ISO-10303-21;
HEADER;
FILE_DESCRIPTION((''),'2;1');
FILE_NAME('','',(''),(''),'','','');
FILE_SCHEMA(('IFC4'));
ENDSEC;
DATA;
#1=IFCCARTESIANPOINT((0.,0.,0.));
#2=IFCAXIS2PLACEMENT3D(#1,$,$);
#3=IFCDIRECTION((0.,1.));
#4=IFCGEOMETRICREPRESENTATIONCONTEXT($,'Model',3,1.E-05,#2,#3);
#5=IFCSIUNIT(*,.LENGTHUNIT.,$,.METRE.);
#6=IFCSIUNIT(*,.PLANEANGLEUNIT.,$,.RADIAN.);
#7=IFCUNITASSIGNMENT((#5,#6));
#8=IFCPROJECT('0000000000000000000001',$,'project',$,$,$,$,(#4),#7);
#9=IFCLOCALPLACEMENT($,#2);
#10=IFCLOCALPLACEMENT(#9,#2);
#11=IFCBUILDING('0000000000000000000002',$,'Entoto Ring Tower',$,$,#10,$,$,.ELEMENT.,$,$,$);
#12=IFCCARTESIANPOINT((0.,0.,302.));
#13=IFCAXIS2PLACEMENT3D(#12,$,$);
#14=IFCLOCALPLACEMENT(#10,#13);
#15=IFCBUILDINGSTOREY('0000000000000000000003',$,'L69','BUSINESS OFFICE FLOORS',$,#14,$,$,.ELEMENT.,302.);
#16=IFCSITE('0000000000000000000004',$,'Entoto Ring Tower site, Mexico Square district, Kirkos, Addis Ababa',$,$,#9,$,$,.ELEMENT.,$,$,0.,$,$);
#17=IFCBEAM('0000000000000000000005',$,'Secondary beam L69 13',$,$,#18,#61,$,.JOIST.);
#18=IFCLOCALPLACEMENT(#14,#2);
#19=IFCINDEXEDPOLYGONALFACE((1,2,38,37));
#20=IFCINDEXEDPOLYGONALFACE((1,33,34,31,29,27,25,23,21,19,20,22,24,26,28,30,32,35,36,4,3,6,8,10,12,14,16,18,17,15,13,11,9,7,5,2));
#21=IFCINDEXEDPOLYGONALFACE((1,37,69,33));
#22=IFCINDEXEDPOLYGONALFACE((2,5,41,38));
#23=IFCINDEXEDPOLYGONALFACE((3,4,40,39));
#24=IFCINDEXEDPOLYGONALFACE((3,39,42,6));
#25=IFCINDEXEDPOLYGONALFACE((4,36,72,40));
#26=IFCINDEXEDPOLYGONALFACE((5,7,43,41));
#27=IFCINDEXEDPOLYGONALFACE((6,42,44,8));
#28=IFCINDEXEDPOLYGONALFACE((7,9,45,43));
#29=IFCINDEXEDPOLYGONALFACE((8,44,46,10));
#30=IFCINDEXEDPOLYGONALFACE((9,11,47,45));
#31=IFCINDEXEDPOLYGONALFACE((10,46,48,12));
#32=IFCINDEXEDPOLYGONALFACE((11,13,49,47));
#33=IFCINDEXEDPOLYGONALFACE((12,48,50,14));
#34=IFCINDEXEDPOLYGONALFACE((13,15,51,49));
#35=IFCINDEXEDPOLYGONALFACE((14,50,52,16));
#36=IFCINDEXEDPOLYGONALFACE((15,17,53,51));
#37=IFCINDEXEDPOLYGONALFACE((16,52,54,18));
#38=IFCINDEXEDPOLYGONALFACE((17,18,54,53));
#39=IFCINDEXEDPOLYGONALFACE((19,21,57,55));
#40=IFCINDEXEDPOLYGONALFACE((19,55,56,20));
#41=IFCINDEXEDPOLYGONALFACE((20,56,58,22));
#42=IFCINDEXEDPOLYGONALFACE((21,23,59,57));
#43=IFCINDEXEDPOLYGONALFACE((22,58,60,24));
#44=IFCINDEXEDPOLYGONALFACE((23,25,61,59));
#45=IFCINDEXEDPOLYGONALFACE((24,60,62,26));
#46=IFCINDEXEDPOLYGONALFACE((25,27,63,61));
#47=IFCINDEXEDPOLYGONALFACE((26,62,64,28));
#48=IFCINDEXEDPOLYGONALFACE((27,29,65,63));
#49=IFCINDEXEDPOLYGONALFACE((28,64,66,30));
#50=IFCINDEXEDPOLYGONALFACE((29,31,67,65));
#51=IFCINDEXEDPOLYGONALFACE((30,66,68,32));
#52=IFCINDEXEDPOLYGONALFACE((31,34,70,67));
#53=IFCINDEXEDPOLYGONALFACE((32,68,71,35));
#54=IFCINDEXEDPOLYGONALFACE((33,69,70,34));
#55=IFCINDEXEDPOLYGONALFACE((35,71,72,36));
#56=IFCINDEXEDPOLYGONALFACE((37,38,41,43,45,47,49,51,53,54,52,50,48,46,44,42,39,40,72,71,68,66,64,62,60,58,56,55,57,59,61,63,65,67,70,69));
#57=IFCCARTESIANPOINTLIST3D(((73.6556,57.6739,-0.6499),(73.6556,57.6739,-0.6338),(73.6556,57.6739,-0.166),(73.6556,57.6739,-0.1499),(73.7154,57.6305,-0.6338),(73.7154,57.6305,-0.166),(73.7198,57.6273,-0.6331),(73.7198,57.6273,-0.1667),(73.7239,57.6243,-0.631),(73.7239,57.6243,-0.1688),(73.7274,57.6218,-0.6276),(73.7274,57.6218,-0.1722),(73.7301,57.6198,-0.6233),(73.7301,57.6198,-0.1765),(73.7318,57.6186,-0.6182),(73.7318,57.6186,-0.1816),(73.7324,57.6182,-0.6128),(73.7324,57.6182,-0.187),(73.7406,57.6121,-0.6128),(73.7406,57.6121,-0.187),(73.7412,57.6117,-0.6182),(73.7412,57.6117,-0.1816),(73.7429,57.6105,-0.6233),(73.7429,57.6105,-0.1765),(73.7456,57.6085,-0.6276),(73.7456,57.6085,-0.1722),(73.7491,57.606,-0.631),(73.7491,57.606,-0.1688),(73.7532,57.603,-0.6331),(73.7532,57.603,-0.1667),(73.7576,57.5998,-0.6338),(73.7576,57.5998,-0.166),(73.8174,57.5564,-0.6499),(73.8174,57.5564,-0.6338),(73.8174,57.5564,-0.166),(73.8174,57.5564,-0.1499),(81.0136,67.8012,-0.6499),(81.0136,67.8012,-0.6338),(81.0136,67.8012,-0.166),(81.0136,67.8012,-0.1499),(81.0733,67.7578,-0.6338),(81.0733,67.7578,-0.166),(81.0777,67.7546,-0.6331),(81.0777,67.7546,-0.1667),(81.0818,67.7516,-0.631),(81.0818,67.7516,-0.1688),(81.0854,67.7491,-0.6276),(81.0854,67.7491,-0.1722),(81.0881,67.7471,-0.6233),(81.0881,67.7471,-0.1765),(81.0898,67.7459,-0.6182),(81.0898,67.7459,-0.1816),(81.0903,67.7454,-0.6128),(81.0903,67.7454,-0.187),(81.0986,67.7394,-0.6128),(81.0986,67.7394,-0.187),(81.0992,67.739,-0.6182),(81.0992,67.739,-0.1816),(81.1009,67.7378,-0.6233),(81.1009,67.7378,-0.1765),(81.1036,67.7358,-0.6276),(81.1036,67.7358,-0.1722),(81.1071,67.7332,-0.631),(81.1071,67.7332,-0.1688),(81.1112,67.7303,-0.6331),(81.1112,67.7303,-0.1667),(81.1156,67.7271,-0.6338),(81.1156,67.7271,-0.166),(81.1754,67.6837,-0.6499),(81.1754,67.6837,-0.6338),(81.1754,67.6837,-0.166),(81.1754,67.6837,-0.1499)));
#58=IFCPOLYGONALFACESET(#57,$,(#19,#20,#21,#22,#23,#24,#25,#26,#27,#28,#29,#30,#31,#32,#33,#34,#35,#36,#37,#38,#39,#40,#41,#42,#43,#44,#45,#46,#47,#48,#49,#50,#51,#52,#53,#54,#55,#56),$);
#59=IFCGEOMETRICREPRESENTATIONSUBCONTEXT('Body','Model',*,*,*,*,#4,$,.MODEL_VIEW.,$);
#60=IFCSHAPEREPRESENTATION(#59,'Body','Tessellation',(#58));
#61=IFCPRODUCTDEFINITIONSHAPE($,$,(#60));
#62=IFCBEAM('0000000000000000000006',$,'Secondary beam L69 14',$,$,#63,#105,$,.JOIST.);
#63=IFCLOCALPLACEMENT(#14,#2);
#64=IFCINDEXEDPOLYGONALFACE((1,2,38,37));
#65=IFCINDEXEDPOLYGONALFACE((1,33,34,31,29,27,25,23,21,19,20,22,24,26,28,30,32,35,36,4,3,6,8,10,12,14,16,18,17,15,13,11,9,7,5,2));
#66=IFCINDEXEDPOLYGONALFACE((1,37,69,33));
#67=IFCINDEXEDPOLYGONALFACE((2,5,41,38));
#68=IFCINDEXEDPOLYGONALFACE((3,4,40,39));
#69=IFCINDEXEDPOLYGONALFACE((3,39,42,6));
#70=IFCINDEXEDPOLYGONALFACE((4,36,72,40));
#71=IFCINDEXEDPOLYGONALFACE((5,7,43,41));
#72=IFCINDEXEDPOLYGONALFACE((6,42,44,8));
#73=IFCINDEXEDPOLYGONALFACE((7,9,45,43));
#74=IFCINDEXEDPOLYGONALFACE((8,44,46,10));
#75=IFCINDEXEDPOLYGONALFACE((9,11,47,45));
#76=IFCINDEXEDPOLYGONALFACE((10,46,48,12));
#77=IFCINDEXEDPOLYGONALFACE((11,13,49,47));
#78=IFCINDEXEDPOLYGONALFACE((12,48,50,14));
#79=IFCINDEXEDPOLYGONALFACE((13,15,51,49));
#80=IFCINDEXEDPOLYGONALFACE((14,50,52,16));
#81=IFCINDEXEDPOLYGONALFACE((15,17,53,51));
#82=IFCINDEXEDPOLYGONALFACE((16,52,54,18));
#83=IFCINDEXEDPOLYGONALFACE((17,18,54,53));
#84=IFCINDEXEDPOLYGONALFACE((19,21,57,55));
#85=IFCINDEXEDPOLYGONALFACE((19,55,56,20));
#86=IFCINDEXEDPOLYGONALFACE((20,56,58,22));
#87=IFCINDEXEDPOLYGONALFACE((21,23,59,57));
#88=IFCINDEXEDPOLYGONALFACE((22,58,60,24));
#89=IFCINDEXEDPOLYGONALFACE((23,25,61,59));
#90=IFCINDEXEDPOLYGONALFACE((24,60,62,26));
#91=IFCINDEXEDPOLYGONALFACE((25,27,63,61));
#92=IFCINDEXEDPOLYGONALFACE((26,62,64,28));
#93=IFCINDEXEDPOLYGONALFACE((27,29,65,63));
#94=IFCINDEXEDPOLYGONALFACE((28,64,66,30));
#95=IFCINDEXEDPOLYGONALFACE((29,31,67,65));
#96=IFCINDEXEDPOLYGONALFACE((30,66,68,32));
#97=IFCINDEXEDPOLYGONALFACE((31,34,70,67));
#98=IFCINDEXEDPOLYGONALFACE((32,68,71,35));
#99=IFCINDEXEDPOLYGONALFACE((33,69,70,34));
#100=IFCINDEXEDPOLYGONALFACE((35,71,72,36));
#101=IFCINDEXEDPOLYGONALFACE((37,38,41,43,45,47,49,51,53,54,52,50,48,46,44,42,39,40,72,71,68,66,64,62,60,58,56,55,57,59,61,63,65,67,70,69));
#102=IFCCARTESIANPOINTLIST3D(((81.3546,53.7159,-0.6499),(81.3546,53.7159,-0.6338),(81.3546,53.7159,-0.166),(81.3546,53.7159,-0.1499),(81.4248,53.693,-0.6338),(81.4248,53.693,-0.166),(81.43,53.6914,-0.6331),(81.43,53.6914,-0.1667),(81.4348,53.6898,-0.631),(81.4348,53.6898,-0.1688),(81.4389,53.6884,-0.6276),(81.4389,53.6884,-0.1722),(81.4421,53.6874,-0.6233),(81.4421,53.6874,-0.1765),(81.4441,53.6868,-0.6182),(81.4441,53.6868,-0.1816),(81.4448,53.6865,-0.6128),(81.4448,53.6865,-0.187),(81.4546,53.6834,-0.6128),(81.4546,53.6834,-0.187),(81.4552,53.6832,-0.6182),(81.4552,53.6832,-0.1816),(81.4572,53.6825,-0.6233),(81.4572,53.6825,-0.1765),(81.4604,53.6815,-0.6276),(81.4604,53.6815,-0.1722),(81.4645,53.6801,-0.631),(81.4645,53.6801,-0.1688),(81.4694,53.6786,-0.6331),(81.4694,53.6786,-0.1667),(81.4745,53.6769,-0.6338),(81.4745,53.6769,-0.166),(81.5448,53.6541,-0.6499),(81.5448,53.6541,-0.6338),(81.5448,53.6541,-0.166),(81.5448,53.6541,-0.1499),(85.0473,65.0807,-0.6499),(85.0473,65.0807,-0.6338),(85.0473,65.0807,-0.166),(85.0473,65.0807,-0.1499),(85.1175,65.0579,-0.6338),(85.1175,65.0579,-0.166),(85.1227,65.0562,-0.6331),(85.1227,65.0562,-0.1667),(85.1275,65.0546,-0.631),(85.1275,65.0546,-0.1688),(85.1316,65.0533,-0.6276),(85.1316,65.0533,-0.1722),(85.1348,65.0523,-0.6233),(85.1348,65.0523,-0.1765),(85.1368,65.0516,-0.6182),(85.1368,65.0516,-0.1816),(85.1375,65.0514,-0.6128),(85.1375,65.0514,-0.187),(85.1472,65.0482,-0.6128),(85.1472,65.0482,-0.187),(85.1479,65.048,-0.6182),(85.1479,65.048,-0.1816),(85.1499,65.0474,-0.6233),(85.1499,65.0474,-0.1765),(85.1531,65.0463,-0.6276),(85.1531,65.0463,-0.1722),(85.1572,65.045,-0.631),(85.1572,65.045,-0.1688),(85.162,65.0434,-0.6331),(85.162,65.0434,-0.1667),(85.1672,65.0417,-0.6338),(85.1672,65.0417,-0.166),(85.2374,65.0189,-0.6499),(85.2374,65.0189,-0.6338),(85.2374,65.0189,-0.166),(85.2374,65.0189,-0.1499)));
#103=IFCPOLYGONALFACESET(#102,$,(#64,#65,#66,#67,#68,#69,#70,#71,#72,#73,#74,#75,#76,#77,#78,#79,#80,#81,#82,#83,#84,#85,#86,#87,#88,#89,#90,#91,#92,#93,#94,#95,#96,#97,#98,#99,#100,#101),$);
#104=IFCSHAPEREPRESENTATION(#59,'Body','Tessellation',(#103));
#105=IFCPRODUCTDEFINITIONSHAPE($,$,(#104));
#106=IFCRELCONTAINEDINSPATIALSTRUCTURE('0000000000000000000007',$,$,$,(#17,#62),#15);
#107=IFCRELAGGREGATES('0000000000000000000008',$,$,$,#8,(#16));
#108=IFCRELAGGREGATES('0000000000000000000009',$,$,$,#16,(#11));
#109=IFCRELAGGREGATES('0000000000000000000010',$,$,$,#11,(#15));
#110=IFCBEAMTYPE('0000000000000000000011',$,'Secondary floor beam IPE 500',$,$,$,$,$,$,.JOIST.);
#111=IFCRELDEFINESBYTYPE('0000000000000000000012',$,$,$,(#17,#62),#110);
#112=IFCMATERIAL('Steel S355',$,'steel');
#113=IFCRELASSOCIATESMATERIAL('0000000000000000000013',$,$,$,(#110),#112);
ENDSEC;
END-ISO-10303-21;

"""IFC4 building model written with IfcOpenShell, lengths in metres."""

from ifc_helpers import new_model, si_unit, direction, frame, origin, origin_2d, place, context, subcontext, project, spatial, i_section, extrude, material, material_profile, profile_set, type_object, element, save


model = new_model("IFC4")

# Units and contexts
model_context = context("Model", 3, precision=1e-05, world=origin(), true_north=direction((0.0, 1.0)))
body_context = subcontext(model_context, "Body", "Model", "MODEL_VIEW")
ifc_project = project(units=[si_unit("LENGTHUNIT", "METRE"), si_unit("PLANEANGLEUNIT", "RADIAN")], contexts=[model_context])

# Site, building, storey
site_placement = place(None, origin())
site = spatial("IfcSite", under=ifc_project, at=site_placement, Name="Entoto Ring Tower site, Mexico Square district, Kirkos, Addis Ababa", CompositionType="ELEMENT", RefElevation=0.0)
building_placement = place(site_placement, origin())
building = spatial("IfcBuilding", under=site, at=building_placement, Name="Entoto Ring Tower", CompositionType="ELEMENT")
storey_placement = place(building_placement, frame((0.0, 0.0, 302.0)))
storey = spatial("IfcBuildingStorey", under=building, at=storey_placement, Name="L69", Description="BUSINESS OFFICE FLOORS", CompositionType="ELEMENT", Elevation=302.0)

# Beams
ifc_material_1 = material(Name="Steel S355", Category="steel")
ifc_material_profile_1 = material_profile(ifc_material_1, i_section(OverallWidth=0.2, OverallDepth=0.5, WebThickness=0.0103, FlangeThickness=0.0161, FilletRadius=0.021, at=origin_2d()), Name="IPE 500")
ifc_profile_set_1 = profile_set([ifc_material_profile_1], Name="Steel S355")
beam_type_1 = type_object("IfcBeamType", Name="Secondary floor beam IPE 500", PredefinedType="JOIST", material=ifc_profile_set_1)
for number, where, z_axis, x_axis, name in (
    (1, (81.0945, 67.7424, -0.3999), (-0.587789, -0.809014, 0.0), (0.809014, -0.587789, 0.0), "Secondary beam L69 13"),
):
    element("IfcBeam", number, at=place(storey_placement, frame(where, z_axis=z_axis, x_axis=x_axis)), inside=storey, type_object=beam_type_1, Name=name, PredefinedType="JOIST", context=body_context, shape_type="SweptSolid", body=[
        extrude(i_section(OverallWidth=0.2, OverallDepth=0.5, WebThickness=0.0103, FlangeThickness=0.0161, FilletRadius=0.021, at=origin_2d()), origin(), (0.0, 0.0, 1.0), 12.5181),
    ])
beam_1_placement = place(storey_placement, frame((85.1423, 65.0498, -0.3999), z_axis=(-0.309017, -0.951057, 0.0), x_axis=(0.951057, -0.309017, 0.0)))
element("IfcBeam", 2, at=beam_1_placement, inside=storey, type_object=beam_type_1, Name="Secondary beam L69 14", PredefinedType="JOIST", context=body_context, shape_type="SweptSolid", body=[
    extrude(i_section(OverallWidth=0.2, OverallDepth=0.5, WebThickness=0.0103, FlangeThickness=0.0161, FilletRadius=0.021, at=origin_2d()), origin(), (0.0, 0.0, 1.0), 11.9497),
])

save(model, "model.ifc")
